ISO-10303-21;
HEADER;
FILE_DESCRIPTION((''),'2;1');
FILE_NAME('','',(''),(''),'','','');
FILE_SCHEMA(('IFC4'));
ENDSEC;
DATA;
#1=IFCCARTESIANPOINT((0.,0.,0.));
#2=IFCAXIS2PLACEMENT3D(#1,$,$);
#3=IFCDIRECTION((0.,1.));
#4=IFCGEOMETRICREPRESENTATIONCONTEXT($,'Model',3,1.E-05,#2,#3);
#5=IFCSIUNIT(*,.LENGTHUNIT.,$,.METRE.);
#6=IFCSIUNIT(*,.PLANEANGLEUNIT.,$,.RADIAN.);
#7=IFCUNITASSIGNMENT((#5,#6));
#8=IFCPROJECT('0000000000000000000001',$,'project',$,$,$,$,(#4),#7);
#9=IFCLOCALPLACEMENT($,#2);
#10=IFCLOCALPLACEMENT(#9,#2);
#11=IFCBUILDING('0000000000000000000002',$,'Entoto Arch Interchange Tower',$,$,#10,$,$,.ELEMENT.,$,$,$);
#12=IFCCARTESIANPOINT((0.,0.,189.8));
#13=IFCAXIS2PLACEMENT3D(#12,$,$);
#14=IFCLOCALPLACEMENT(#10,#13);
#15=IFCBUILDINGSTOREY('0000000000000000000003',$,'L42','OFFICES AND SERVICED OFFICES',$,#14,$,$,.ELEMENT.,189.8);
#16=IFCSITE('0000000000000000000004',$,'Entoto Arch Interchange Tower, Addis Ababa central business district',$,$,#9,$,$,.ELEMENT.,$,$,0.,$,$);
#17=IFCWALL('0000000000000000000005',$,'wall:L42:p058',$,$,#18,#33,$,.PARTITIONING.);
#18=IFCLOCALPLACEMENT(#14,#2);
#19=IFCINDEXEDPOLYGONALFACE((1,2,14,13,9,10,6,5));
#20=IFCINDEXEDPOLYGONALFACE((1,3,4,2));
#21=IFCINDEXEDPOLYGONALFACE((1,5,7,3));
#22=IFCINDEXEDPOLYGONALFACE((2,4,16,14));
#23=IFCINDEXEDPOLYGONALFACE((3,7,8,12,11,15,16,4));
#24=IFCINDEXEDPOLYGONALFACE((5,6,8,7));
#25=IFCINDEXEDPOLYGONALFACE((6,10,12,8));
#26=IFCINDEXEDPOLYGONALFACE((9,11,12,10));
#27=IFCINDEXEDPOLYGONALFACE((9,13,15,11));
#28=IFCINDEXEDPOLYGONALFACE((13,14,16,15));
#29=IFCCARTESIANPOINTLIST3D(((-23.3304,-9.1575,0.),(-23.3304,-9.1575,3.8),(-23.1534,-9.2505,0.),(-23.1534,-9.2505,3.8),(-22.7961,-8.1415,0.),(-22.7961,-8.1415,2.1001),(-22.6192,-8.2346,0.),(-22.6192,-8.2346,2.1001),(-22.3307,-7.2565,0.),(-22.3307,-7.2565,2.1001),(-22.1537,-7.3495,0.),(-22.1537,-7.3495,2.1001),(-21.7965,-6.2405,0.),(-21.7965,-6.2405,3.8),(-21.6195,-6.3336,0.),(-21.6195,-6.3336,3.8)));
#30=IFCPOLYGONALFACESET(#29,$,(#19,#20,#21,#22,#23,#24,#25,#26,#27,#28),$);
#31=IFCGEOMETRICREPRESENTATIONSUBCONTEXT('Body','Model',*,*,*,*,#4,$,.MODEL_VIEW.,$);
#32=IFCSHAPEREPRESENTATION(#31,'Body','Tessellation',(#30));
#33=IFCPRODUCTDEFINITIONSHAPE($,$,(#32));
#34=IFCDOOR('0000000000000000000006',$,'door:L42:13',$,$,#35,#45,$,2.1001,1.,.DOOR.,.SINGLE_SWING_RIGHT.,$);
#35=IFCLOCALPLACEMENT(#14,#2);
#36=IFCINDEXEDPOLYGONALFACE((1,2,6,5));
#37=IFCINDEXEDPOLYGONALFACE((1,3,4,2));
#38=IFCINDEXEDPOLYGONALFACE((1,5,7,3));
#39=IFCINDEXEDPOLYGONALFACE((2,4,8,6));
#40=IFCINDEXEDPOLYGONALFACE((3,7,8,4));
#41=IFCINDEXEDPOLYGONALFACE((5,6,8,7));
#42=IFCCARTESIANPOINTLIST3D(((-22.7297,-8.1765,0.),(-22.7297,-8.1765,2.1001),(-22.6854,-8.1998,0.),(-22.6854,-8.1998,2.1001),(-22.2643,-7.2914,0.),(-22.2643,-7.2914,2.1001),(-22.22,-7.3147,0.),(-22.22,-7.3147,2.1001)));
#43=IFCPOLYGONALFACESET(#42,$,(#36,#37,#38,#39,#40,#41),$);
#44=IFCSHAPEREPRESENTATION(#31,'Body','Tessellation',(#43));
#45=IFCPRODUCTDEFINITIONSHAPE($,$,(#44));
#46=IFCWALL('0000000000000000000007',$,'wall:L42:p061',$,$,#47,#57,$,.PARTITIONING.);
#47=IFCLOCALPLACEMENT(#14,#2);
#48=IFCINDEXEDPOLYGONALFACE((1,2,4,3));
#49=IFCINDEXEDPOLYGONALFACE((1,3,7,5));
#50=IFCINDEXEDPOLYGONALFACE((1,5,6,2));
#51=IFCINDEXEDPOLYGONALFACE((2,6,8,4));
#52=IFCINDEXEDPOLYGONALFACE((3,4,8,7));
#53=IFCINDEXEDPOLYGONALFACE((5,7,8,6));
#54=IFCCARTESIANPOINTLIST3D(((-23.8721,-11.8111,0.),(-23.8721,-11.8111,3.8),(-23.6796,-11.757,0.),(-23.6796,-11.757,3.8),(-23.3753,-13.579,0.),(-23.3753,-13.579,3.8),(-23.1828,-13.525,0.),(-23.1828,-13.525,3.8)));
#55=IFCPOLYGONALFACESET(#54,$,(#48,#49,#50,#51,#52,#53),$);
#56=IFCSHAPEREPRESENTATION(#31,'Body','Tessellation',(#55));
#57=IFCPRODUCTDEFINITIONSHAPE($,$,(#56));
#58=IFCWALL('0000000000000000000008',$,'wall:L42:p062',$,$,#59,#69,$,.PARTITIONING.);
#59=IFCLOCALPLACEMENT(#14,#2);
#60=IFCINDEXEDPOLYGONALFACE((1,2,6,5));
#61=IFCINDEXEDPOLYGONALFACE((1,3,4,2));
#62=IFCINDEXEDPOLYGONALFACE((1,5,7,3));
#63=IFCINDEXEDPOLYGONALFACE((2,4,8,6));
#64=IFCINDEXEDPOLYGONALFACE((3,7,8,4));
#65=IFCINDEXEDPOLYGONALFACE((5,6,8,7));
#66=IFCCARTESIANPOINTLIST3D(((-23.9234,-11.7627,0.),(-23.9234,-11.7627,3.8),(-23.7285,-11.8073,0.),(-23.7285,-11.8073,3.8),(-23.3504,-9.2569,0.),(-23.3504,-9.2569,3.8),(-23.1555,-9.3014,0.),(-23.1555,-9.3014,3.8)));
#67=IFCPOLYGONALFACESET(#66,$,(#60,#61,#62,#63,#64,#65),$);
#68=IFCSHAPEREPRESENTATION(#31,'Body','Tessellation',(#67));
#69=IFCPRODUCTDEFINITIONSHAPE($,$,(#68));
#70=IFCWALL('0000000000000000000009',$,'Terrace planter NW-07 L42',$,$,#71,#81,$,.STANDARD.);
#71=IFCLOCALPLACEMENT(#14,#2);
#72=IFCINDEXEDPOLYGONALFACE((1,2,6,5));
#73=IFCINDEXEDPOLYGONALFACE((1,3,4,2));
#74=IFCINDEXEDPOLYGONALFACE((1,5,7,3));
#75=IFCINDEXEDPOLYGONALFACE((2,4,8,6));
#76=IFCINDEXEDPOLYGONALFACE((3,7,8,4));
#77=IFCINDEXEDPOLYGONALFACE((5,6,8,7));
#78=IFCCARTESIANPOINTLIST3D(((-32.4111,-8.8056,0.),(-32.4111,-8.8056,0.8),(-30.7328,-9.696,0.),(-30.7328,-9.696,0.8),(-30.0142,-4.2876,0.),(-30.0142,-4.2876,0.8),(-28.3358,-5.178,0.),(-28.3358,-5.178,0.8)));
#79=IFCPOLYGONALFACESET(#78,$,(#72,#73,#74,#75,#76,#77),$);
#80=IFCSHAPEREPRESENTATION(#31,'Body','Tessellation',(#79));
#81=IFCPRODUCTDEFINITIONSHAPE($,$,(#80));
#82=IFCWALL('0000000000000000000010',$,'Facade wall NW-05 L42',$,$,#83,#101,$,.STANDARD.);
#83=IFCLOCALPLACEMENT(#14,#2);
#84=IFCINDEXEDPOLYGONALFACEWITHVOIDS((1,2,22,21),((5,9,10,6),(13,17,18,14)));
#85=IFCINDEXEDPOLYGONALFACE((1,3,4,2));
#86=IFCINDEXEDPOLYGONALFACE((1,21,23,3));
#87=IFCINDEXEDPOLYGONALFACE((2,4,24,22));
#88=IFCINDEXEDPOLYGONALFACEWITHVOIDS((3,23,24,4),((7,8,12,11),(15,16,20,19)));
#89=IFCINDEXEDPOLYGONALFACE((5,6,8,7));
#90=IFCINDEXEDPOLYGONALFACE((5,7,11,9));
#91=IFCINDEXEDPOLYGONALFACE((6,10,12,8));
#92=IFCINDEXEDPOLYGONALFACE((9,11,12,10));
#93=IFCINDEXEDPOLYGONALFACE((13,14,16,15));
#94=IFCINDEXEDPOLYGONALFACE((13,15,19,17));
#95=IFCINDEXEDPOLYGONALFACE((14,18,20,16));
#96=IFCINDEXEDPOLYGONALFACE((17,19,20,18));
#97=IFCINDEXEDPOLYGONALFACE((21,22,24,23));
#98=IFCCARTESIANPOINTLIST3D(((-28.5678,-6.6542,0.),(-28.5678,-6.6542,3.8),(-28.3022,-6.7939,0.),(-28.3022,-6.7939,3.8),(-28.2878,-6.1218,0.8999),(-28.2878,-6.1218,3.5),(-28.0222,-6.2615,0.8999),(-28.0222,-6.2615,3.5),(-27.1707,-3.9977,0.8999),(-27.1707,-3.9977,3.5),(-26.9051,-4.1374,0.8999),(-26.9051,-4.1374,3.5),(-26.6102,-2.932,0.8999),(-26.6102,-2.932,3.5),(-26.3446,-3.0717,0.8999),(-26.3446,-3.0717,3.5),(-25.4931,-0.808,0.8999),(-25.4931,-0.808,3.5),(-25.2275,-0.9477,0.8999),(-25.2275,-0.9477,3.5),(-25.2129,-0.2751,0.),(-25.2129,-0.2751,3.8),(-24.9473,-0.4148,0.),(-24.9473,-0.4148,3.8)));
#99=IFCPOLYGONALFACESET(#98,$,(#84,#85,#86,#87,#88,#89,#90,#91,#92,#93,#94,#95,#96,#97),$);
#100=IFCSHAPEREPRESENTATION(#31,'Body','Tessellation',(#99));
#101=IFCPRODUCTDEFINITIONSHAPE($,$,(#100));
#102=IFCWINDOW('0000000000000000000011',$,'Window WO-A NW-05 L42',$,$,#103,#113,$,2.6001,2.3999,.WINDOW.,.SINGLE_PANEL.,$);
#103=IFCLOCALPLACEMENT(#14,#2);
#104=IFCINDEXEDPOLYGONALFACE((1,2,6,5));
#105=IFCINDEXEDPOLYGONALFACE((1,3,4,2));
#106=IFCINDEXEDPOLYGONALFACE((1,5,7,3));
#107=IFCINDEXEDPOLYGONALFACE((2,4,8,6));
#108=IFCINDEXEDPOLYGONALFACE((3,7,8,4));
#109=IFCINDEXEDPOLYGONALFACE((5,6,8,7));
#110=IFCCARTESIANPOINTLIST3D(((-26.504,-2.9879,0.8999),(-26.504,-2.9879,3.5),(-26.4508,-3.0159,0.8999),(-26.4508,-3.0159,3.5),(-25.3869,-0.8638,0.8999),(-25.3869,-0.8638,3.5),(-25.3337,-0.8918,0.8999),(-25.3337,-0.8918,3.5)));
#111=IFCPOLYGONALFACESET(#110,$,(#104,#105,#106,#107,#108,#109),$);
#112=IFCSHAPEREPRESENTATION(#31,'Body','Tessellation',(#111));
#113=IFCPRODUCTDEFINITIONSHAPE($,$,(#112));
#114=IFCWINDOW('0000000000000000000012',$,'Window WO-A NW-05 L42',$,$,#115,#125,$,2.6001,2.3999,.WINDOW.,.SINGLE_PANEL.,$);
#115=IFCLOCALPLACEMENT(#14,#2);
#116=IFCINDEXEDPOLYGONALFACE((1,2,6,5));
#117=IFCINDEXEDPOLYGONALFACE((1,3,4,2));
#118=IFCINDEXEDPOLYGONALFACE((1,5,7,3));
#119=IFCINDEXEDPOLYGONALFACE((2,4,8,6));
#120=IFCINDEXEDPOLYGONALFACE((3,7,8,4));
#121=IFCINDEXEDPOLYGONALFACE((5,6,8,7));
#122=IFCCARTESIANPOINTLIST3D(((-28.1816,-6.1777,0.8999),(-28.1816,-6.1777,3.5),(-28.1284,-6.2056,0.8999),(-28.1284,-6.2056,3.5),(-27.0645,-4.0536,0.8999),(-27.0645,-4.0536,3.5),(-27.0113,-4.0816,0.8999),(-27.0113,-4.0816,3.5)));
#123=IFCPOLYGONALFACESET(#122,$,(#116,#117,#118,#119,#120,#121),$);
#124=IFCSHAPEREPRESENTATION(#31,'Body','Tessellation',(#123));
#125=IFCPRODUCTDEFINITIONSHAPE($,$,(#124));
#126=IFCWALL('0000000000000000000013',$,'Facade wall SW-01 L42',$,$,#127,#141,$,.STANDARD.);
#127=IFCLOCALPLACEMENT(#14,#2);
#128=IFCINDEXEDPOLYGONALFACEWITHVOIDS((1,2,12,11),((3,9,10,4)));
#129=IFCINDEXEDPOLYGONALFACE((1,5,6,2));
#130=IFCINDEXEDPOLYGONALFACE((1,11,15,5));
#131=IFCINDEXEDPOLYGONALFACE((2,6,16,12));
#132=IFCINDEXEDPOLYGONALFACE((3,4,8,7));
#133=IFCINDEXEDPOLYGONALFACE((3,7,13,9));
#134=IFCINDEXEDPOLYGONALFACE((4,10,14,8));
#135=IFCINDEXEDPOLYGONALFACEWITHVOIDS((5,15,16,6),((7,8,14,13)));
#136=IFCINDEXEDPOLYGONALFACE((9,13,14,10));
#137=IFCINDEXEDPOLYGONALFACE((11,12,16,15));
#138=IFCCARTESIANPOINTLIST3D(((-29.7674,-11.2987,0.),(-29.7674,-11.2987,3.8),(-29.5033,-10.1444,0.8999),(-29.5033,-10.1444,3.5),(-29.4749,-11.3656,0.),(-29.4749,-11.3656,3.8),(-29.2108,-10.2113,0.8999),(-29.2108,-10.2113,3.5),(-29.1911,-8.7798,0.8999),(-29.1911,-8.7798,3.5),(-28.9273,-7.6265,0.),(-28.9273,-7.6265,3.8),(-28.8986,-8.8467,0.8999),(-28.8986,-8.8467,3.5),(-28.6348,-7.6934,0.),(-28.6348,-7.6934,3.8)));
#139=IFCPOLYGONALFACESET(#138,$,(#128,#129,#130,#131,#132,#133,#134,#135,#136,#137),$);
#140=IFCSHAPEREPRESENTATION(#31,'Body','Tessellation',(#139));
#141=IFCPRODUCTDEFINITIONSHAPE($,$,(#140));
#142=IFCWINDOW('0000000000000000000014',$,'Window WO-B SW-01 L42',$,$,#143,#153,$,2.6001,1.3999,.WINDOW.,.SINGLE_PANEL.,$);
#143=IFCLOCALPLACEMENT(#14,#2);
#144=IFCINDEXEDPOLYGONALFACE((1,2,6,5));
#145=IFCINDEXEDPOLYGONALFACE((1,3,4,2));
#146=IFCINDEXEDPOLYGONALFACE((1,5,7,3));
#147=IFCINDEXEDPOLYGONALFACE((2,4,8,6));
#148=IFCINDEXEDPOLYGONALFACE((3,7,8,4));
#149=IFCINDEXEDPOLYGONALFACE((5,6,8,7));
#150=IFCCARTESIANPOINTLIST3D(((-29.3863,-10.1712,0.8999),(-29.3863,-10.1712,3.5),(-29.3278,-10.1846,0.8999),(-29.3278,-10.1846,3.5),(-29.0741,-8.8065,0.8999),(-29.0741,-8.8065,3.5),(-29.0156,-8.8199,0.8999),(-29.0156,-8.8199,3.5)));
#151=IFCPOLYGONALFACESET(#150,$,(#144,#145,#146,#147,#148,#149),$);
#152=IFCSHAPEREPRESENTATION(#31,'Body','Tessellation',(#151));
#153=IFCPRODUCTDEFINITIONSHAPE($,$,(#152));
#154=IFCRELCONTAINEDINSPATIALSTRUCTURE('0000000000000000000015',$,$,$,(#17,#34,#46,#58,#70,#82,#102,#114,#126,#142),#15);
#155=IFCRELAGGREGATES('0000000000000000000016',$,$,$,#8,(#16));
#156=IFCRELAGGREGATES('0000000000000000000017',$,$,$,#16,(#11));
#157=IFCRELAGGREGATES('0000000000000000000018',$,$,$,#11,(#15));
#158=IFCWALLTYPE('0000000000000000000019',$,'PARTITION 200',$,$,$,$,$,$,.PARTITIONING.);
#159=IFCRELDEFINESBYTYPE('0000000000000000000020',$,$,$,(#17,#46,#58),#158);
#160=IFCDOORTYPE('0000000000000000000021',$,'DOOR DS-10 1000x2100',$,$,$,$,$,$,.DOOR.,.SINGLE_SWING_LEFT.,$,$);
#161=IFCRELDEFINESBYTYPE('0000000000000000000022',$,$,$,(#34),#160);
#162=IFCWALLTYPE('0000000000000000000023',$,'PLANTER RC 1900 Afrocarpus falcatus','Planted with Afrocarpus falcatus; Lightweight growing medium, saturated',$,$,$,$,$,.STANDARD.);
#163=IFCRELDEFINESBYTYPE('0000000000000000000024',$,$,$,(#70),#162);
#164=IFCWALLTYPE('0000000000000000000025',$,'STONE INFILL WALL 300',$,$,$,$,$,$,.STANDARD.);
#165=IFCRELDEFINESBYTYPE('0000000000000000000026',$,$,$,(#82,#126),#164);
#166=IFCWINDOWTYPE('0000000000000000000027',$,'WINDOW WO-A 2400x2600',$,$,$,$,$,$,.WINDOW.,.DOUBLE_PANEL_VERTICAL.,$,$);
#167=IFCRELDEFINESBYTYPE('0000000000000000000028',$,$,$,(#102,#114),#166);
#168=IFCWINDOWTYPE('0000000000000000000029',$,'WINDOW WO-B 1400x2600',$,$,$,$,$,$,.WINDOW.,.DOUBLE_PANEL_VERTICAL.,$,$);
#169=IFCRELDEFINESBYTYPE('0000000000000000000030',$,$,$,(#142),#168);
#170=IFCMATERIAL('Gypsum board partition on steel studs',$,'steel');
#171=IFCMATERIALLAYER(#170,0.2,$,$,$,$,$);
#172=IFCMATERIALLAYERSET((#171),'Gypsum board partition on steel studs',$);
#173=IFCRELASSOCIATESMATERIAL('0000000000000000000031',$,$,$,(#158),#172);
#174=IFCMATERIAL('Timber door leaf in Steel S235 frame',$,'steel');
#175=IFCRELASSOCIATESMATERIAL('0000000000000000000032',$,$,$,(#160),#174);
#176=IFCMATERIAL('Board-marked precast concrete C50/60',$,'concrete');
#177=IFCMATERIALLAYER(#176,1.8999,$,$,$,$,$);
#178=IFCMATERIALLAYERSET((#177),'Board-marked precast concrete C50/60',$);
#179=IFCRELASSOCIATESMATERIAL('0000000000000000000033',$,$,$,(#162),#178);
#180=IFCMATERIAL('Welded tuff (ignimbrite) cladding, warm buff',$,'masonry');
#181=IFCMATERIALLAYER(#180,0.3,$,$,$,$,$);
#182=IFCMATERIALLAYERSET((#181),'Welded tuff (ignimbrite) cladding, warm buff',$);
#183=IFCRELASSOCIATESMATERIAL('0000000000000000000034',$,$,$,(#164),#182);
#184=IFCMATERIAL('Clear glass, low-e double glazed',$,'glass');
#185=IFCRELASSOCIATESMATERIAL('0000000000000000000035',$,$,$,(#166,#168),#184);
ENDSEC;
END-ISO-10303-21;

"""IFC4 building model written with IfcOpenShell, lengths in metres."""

from ifc_helpers import new_model, si_unit, direction, frame, frame_2d, origin, place, context, subcontext, project, spatial, rectangle, extrude, material, layer, layer_set, type_object, element, fill, save


model = new_model("IFC4")

# Units and contexts
model_context = context("Model", 3, precision=1e-05, world=origin(), true_north=direction((0.0, 1.0)))
body_context = subcontext(model_context, "Body", "Model", "MODEL_VIEW")
ifc_project = project(units=[si_unit("LENGTHUNIT", "METRE"), si_unit("PLANEANGLEUNIT", "RADIAN")], contexts=[model_context])

# Site, building, storey
site_placement = place(None, origin())
site = spatial("IfcSite", under=ifc_project, at=site_placement, Name="Entoto Arch Interchange Tower, Addis Ababa central business district", CompositionType="ELEMENT", RefElevation=0.0)
building_placement = place(site_placement, origin())
building = spatial("IfcBuilding", under=site, at=building_placement, Name="Entoto Arch Interchange Tower", CompositionType="ELEMENT")
storey_placement = place(building_placement, frame((0.0, 0.0, 189.8)))
storey = spatial("IfcBuildingStorey", under=building, at=storey_placement, Name="L42", Description="OFFICES AND SERVICED OFFICES", CompositionType="ELEMENT", Elevation=189.8)

# Shared definitions
ifc_material_1 = material(Name="Gypsum board partition on steel studs", Category="steel")
ifc_layer_1 = layer(ifc_material_1, 0.2)
ifc_layer_set_1 = layer_set([ifc_layer_1], Name="Gypsum board partition on steel studs")
wall_type_1 = type_object("IfcWallType", Name="PARTITION 200", PredefinedType="PARTITIONING", material=ifc_layer_set_1)

# Wall, opening, door
ifc_material_2 = material(Name="Timber door leaf in Steel S235 frame", Category="steel")
door_type = type_object("IfcDoorType", Name="DOOR DS-10 1000x2100", OperationType="SINGLE_SWING_LEFT", PredefinedType="DOOR", material=ifc_material_2)
wall_1_placement = place(storey_placement, frame((-23.2419, -9.2041, 0.0), z_axis=(0.0, 0.0, 1.0), x_axis=(0.465432, 0.885084, 0.0)))
wall_1 = element("IfcWall", 1, at=wall_1_placement, inside=storey, type_object=wall_type_1, Name="wall:L42:p058", PredefinedType="PARTITIONING", context=body_context, shape_type="SweptSolid", body=[
    extrude(rectangle(XDim=3.2957, YDim=0.2, at=frame_2d((1.6479, 0.0))), origin(), (0.0, 0.0, 1.0), 3.8),
])
opening_1_placement = place(wall_1_placement, frame((1.1479, 0.0, 0.0)))
opening_1 = element("IfcOpeningElement", 2, at=opening_1_placement, cuts=wall_1, PredefinedType="OPENING", context=body_context, shape_type="SweptSolid", body=[
    extrude(rectangle(XDim=1.0, YDim=2.1001, at=frame_2d((0.5, 1.05))), frame((0.0, 0.1099, 0.0), z_axis=(0.0, -1.0, 0.0), x_axis=(1.0, 0.0, 0.0)), (0.0, 0.0, 1.0), 0.22),
])
door_1_placement = place(opening_1_placement, origin())
door_1 = element("IfcDoor", 3, at=door_1_placement, inside=storey, type_object=door_type, Name="door:L42:13", OperationType="SINGLE_SWING_RIGHT", OverallHeight=2.1001, OverallWidth=1.0, PredefinedType="DOOR", context=body_context, shape_type="SweptSolid", body=[
    extrude(rectangle(XDim=1.0, YDim=2.1001, at=frame_2d((0.5, 1.05))), frame((0.0, 0.0249, 0.0), z_axis=(0.0, -1.0, 0.0), x_axis=(1.0, 0.0, 0.0)), (0.0, 0.0, 1.0), 0.05),
])
fill(opening_1, door_1)

# Walls
wall_2_placement = place(storey_placement, frame((-23.2791, -13.552, 0.0), z_axis=(0.0, 0.0, 1.0), x_axis=(-0.270522, 0.962714, 0.0)))
element("IfcWall", 4, at=wall_2_placement, inside=storey, type_object=wall_type_1, Name="wall:L42:p061", PredefinedType="PARTITIONING", context=body_context, shape_type="SweptSolid", body=[
    extrude(rectangle(XDim=1.8364, YDim=0.2, at=frame_2d((0.9182, 0.0))), origin(), (0.0, 0.0, 1.0), 3.8),
])
wall_3_placement = place(storey_placement, frame((-23.8259, -11.7849, 0.0), z_axis=(0.0, 0.0, 1.0), x_axis=(0.22291, 0.974839, 0.0)))
element("IfcWall", 5, at=wall_3_placement, inside=storey, type_object=wall_type_1, Name="wall:L42:p062", PredefinedType="PARTITIONING", context=body_context, shape_type="SweptSolid", body=[
    extrude(rectangle(XDim=2.5706, YDim=0.2, at=frame_2d((1.2852, 0.0))), origin(), (0.0, 0.0, 1.0), 3.8),
])
ifc_material_3 = material(Name="Board-marked precast concrete C50/60", Category="concrete")
ifc_layer_2 = layer(ifc_material_3, 1.8999)
ifc_layer_set_2 = layer_set([ifc_layer_2], Name="Board-marked precast concrete C50/60")
wall_type_2 = type_object("IfcWallType", Name="PLANTER RC 1900 Afrocarpus falcatus", Description="Planted with Afrocarpus falcatus; Lightweight growing medium, saturated", PredefinedType="STANDARD", material=ifc_layer_set_2)
wall_4_placement = place(storey_placement, frame((-29.175, -4.7329, 0.0), z_axis=(0.0, 0.0, 1.0), x_axis=(-0.46866, -0.883379, 0.0)))
element("IfcWall", 6, at=wall_4_placement, inside=storey, type_object=wall_type_2, Name="Terrace planter NW-07 L42", PredefinedType="STANDARD", context=body_context, shape_type="SweptSolid", body=[
    extrude(rectangle(XDim=5.1145, YDim=1.8999, at=frame_2d((2.5571, 0.0))), origin(), (0.0, 0.0, 1.0), 0.8),
])

# Wall, openings, windows
ifc_material_4 = material(Name="Welded tuff (ignimbrite) cladding, warm buff", Category="masonry")
ifc_layer_3 = layer(ifc_material_4, 0.3)
ifc_layer_set_3 = layer_set([ifc_layer_3], Name="Welded tuff (ignimbrite) cladding, warm buff")
wall_type_3 = type_object("IfcWallType", Name="STONE INFILL WALL 300", PredefinedType="STANDARD", material=ifc_layer_set_3)
wall_5_placement = place(storey_placement, frame((-25.0801, -0.345, 0.0), z_axis=(0.0, 0.0, 1.0), x_axis=(-0.465478, -0.885059, 0.0)))
wall_5 = element("IfcWall", 7, at=wall_5_placement, inside=storey, type_object=wall_type_3, Name="Facade wall NW-05 L42", PredefinedType="STANDARD", context=body_context, shape_type="SweptSolid", body=[
    extrude(rectangle(XDim=7.2075, YDim=0.3, at=frame_2d((3.6038, 0.0))), origin(), (0.0, 0.0, 1.0), 3.8),
])
opening_2_placement = place(wall_5_placement, frame((0.6021, 0.0, 0.8999)))
opening_2 = element("IfcOpeningElement", 8, at=opening_2_placement, cuts=wall_5, PredefinedType="OPENING", context=body_context, shape_type="SweptSolid", body=[
    extrude(rectangle(XDim=2.3999, YDim=2.6001, at=frame_2d((1.2, 1.3))), frame((0.0, 0.1602, 0.0), z_axis=(0.0, -1.0, 0.0), x_axis=(1.0, 0.0, 0.0)), (0.0, 0.0, 1.0), 0.3201),
])
opening_3_placement = place(wall_5_placement, frame((4.2061, 0.0, 0.8999)))
opening_3 = element("IfcOpeningElement", 9, at=opening_3_placement, cuts=wall_5, PredefinedType="OPENING", context=body_context, shape_type="SweptSolid", body=[
    extrude(rectangle(XDim=2.3999, YDim=2.6001, at=frame_2d((1.2, 1.3))), frame((0.0, 0.1602, 0.0), z_axis=(0.0, -1.0, 0.0), x_axis=(1.0, 0.0, 0.0)), (0.0, 0.0, 1.0), 0.3201),
])
ifc_material_5 = material(Name="Clear glass, low-e double glazed", Category="glass")
window_type_1 = type_object("IfcWindowType", Name="WINDOW WO-A 2400x2600", PartitioningType="DOUBLE_PANEL_VERTICAL", PredefinedType="WINDOW", material=ifc_material_5)
window_1_placement = place(opening_2_placement, origin())
window_1 = element("IfcWindow", 10, at=window_1_placement, inside=storey, type_object=window_type_1, Name="Window WO-A NW-05 L42", OverallHeight=2.6001, OverallWidth=2.3999, PartitioningType="SINGLE_PANEL", PredefinedType="WINDOW", context=body_context, shape_type="SweptSolid", body=[
    extrude(rectangle(XDim=2.3999, YDim=2.6001, at=frame_2d((1.2, 1.3))), frame((0.0, 0.03, 0.0), z_axis=(0.0, -1.0, 0.0), x_axis=(1.0, 0.0, 0.0)), (0.0, 0.0, 1.0), 0.0601),
])
fill(opening_2, window_1)
window_2_placement = place(opening_3_placement, origin())
window_2 = element("IfcWindow", 11, at=window_2_placement, inside=storey, type_object=window_type_1, Name="Window WO-A NW-05 L42", OverallHeight=2.6001, OverallWidth=2.3999, PartitioningType="SINGLE_PANEL", PredefinedType="WINDOW", context=body_context, shape_type="SweptSolid", body=[
    extrude(rectangle(XDim=2.3999, YDim=2.6001, at=frame_2d((1.2, 1.3))), frame((0.0, 0.03, 0.0), z_axis=(0.0, -1.0, 0.0), x_axis=(1.0, 0.0, 0.0)), (0.0, 0.0, 1.0), 0.0601),
])
fill(opening_3, window_2)

# Wall, opening, window
wall_6_placement = place(storey_placement, frame((-28.781, -7.6599, 0.0), z_axis=(0.0, 0.0, 1.0), x_axis=(-0.223013, -0.974815, 0.0)))
wall_6 = element("IfcWall", 12, at=wall_6_placement, inside=storey, type_object=wall_type_3, Name="Facade wall SW-01 L42", PredefinedType="STANDARD", context=body_context, shape_type="SweptSolid", body=[
    extrude(rectangle(XDim=3.7671, YDim=0.3, at=frame_2d((1.8835, 0.0))), origin(), (0.0, 0.0, 1.0), 3.8),
])
opening_4_placement = place(wall_6_placement, frame((1.1831, 0.0, 0.8999)))
opening_4 = element("IfcOpeningElement", 13, at=opening_4_placement, cuts=wall_6, PredefinedType="OPENING", context=body_context, shape_type="SweptSolid", body=[
    extrude(rectangle(XDim=1.3999, YDim=2.6001, at=frame_2d((0.7, 1.3))), frame((0.0, 0.1602, 0.0), z_axis=(0.0, -1.0, 0.0), x_axis=(1.0, 0.0, 0.0)), (0.0, 0.0, 1.0), 0.3201),
])
window_type_2 = type_object("IfcWindowType", Name="WINDOW WO-B 1400x2600", PartitioningType="DOUBLE_PANEL_VERTICAL", PredefinedType="WINDOW", material=ifc_material_5)
window_3_placement = place(opening_4_placement, origin())
window_3 = element("IfcWindow", 14, at=window_3_placement, inside=storey, type_object=window_type_2, Name="Window WO-B SW-01 L42", OverallHeight=2.6001, OverallWidth=1.3999, PartitioningType="SINGLE_PANEL", PredefinedType="WINDOW", context=body_context, shape_type="SweptSolid", body=[
    extrude(rectangle(XDim=1.3999, YDim=2.6001, at=frame_2d((0.7, 1.3))), frame((0.0, 0.03, 0.0), z_axis=(0.0, -1.0, 0.0), x_axis=(1.0, 0.0, 0.0)), (0.0, 0.0, 1.0), 0.0601),
])
fill(opening_4, window_3)

save(model, "model.ifc")
